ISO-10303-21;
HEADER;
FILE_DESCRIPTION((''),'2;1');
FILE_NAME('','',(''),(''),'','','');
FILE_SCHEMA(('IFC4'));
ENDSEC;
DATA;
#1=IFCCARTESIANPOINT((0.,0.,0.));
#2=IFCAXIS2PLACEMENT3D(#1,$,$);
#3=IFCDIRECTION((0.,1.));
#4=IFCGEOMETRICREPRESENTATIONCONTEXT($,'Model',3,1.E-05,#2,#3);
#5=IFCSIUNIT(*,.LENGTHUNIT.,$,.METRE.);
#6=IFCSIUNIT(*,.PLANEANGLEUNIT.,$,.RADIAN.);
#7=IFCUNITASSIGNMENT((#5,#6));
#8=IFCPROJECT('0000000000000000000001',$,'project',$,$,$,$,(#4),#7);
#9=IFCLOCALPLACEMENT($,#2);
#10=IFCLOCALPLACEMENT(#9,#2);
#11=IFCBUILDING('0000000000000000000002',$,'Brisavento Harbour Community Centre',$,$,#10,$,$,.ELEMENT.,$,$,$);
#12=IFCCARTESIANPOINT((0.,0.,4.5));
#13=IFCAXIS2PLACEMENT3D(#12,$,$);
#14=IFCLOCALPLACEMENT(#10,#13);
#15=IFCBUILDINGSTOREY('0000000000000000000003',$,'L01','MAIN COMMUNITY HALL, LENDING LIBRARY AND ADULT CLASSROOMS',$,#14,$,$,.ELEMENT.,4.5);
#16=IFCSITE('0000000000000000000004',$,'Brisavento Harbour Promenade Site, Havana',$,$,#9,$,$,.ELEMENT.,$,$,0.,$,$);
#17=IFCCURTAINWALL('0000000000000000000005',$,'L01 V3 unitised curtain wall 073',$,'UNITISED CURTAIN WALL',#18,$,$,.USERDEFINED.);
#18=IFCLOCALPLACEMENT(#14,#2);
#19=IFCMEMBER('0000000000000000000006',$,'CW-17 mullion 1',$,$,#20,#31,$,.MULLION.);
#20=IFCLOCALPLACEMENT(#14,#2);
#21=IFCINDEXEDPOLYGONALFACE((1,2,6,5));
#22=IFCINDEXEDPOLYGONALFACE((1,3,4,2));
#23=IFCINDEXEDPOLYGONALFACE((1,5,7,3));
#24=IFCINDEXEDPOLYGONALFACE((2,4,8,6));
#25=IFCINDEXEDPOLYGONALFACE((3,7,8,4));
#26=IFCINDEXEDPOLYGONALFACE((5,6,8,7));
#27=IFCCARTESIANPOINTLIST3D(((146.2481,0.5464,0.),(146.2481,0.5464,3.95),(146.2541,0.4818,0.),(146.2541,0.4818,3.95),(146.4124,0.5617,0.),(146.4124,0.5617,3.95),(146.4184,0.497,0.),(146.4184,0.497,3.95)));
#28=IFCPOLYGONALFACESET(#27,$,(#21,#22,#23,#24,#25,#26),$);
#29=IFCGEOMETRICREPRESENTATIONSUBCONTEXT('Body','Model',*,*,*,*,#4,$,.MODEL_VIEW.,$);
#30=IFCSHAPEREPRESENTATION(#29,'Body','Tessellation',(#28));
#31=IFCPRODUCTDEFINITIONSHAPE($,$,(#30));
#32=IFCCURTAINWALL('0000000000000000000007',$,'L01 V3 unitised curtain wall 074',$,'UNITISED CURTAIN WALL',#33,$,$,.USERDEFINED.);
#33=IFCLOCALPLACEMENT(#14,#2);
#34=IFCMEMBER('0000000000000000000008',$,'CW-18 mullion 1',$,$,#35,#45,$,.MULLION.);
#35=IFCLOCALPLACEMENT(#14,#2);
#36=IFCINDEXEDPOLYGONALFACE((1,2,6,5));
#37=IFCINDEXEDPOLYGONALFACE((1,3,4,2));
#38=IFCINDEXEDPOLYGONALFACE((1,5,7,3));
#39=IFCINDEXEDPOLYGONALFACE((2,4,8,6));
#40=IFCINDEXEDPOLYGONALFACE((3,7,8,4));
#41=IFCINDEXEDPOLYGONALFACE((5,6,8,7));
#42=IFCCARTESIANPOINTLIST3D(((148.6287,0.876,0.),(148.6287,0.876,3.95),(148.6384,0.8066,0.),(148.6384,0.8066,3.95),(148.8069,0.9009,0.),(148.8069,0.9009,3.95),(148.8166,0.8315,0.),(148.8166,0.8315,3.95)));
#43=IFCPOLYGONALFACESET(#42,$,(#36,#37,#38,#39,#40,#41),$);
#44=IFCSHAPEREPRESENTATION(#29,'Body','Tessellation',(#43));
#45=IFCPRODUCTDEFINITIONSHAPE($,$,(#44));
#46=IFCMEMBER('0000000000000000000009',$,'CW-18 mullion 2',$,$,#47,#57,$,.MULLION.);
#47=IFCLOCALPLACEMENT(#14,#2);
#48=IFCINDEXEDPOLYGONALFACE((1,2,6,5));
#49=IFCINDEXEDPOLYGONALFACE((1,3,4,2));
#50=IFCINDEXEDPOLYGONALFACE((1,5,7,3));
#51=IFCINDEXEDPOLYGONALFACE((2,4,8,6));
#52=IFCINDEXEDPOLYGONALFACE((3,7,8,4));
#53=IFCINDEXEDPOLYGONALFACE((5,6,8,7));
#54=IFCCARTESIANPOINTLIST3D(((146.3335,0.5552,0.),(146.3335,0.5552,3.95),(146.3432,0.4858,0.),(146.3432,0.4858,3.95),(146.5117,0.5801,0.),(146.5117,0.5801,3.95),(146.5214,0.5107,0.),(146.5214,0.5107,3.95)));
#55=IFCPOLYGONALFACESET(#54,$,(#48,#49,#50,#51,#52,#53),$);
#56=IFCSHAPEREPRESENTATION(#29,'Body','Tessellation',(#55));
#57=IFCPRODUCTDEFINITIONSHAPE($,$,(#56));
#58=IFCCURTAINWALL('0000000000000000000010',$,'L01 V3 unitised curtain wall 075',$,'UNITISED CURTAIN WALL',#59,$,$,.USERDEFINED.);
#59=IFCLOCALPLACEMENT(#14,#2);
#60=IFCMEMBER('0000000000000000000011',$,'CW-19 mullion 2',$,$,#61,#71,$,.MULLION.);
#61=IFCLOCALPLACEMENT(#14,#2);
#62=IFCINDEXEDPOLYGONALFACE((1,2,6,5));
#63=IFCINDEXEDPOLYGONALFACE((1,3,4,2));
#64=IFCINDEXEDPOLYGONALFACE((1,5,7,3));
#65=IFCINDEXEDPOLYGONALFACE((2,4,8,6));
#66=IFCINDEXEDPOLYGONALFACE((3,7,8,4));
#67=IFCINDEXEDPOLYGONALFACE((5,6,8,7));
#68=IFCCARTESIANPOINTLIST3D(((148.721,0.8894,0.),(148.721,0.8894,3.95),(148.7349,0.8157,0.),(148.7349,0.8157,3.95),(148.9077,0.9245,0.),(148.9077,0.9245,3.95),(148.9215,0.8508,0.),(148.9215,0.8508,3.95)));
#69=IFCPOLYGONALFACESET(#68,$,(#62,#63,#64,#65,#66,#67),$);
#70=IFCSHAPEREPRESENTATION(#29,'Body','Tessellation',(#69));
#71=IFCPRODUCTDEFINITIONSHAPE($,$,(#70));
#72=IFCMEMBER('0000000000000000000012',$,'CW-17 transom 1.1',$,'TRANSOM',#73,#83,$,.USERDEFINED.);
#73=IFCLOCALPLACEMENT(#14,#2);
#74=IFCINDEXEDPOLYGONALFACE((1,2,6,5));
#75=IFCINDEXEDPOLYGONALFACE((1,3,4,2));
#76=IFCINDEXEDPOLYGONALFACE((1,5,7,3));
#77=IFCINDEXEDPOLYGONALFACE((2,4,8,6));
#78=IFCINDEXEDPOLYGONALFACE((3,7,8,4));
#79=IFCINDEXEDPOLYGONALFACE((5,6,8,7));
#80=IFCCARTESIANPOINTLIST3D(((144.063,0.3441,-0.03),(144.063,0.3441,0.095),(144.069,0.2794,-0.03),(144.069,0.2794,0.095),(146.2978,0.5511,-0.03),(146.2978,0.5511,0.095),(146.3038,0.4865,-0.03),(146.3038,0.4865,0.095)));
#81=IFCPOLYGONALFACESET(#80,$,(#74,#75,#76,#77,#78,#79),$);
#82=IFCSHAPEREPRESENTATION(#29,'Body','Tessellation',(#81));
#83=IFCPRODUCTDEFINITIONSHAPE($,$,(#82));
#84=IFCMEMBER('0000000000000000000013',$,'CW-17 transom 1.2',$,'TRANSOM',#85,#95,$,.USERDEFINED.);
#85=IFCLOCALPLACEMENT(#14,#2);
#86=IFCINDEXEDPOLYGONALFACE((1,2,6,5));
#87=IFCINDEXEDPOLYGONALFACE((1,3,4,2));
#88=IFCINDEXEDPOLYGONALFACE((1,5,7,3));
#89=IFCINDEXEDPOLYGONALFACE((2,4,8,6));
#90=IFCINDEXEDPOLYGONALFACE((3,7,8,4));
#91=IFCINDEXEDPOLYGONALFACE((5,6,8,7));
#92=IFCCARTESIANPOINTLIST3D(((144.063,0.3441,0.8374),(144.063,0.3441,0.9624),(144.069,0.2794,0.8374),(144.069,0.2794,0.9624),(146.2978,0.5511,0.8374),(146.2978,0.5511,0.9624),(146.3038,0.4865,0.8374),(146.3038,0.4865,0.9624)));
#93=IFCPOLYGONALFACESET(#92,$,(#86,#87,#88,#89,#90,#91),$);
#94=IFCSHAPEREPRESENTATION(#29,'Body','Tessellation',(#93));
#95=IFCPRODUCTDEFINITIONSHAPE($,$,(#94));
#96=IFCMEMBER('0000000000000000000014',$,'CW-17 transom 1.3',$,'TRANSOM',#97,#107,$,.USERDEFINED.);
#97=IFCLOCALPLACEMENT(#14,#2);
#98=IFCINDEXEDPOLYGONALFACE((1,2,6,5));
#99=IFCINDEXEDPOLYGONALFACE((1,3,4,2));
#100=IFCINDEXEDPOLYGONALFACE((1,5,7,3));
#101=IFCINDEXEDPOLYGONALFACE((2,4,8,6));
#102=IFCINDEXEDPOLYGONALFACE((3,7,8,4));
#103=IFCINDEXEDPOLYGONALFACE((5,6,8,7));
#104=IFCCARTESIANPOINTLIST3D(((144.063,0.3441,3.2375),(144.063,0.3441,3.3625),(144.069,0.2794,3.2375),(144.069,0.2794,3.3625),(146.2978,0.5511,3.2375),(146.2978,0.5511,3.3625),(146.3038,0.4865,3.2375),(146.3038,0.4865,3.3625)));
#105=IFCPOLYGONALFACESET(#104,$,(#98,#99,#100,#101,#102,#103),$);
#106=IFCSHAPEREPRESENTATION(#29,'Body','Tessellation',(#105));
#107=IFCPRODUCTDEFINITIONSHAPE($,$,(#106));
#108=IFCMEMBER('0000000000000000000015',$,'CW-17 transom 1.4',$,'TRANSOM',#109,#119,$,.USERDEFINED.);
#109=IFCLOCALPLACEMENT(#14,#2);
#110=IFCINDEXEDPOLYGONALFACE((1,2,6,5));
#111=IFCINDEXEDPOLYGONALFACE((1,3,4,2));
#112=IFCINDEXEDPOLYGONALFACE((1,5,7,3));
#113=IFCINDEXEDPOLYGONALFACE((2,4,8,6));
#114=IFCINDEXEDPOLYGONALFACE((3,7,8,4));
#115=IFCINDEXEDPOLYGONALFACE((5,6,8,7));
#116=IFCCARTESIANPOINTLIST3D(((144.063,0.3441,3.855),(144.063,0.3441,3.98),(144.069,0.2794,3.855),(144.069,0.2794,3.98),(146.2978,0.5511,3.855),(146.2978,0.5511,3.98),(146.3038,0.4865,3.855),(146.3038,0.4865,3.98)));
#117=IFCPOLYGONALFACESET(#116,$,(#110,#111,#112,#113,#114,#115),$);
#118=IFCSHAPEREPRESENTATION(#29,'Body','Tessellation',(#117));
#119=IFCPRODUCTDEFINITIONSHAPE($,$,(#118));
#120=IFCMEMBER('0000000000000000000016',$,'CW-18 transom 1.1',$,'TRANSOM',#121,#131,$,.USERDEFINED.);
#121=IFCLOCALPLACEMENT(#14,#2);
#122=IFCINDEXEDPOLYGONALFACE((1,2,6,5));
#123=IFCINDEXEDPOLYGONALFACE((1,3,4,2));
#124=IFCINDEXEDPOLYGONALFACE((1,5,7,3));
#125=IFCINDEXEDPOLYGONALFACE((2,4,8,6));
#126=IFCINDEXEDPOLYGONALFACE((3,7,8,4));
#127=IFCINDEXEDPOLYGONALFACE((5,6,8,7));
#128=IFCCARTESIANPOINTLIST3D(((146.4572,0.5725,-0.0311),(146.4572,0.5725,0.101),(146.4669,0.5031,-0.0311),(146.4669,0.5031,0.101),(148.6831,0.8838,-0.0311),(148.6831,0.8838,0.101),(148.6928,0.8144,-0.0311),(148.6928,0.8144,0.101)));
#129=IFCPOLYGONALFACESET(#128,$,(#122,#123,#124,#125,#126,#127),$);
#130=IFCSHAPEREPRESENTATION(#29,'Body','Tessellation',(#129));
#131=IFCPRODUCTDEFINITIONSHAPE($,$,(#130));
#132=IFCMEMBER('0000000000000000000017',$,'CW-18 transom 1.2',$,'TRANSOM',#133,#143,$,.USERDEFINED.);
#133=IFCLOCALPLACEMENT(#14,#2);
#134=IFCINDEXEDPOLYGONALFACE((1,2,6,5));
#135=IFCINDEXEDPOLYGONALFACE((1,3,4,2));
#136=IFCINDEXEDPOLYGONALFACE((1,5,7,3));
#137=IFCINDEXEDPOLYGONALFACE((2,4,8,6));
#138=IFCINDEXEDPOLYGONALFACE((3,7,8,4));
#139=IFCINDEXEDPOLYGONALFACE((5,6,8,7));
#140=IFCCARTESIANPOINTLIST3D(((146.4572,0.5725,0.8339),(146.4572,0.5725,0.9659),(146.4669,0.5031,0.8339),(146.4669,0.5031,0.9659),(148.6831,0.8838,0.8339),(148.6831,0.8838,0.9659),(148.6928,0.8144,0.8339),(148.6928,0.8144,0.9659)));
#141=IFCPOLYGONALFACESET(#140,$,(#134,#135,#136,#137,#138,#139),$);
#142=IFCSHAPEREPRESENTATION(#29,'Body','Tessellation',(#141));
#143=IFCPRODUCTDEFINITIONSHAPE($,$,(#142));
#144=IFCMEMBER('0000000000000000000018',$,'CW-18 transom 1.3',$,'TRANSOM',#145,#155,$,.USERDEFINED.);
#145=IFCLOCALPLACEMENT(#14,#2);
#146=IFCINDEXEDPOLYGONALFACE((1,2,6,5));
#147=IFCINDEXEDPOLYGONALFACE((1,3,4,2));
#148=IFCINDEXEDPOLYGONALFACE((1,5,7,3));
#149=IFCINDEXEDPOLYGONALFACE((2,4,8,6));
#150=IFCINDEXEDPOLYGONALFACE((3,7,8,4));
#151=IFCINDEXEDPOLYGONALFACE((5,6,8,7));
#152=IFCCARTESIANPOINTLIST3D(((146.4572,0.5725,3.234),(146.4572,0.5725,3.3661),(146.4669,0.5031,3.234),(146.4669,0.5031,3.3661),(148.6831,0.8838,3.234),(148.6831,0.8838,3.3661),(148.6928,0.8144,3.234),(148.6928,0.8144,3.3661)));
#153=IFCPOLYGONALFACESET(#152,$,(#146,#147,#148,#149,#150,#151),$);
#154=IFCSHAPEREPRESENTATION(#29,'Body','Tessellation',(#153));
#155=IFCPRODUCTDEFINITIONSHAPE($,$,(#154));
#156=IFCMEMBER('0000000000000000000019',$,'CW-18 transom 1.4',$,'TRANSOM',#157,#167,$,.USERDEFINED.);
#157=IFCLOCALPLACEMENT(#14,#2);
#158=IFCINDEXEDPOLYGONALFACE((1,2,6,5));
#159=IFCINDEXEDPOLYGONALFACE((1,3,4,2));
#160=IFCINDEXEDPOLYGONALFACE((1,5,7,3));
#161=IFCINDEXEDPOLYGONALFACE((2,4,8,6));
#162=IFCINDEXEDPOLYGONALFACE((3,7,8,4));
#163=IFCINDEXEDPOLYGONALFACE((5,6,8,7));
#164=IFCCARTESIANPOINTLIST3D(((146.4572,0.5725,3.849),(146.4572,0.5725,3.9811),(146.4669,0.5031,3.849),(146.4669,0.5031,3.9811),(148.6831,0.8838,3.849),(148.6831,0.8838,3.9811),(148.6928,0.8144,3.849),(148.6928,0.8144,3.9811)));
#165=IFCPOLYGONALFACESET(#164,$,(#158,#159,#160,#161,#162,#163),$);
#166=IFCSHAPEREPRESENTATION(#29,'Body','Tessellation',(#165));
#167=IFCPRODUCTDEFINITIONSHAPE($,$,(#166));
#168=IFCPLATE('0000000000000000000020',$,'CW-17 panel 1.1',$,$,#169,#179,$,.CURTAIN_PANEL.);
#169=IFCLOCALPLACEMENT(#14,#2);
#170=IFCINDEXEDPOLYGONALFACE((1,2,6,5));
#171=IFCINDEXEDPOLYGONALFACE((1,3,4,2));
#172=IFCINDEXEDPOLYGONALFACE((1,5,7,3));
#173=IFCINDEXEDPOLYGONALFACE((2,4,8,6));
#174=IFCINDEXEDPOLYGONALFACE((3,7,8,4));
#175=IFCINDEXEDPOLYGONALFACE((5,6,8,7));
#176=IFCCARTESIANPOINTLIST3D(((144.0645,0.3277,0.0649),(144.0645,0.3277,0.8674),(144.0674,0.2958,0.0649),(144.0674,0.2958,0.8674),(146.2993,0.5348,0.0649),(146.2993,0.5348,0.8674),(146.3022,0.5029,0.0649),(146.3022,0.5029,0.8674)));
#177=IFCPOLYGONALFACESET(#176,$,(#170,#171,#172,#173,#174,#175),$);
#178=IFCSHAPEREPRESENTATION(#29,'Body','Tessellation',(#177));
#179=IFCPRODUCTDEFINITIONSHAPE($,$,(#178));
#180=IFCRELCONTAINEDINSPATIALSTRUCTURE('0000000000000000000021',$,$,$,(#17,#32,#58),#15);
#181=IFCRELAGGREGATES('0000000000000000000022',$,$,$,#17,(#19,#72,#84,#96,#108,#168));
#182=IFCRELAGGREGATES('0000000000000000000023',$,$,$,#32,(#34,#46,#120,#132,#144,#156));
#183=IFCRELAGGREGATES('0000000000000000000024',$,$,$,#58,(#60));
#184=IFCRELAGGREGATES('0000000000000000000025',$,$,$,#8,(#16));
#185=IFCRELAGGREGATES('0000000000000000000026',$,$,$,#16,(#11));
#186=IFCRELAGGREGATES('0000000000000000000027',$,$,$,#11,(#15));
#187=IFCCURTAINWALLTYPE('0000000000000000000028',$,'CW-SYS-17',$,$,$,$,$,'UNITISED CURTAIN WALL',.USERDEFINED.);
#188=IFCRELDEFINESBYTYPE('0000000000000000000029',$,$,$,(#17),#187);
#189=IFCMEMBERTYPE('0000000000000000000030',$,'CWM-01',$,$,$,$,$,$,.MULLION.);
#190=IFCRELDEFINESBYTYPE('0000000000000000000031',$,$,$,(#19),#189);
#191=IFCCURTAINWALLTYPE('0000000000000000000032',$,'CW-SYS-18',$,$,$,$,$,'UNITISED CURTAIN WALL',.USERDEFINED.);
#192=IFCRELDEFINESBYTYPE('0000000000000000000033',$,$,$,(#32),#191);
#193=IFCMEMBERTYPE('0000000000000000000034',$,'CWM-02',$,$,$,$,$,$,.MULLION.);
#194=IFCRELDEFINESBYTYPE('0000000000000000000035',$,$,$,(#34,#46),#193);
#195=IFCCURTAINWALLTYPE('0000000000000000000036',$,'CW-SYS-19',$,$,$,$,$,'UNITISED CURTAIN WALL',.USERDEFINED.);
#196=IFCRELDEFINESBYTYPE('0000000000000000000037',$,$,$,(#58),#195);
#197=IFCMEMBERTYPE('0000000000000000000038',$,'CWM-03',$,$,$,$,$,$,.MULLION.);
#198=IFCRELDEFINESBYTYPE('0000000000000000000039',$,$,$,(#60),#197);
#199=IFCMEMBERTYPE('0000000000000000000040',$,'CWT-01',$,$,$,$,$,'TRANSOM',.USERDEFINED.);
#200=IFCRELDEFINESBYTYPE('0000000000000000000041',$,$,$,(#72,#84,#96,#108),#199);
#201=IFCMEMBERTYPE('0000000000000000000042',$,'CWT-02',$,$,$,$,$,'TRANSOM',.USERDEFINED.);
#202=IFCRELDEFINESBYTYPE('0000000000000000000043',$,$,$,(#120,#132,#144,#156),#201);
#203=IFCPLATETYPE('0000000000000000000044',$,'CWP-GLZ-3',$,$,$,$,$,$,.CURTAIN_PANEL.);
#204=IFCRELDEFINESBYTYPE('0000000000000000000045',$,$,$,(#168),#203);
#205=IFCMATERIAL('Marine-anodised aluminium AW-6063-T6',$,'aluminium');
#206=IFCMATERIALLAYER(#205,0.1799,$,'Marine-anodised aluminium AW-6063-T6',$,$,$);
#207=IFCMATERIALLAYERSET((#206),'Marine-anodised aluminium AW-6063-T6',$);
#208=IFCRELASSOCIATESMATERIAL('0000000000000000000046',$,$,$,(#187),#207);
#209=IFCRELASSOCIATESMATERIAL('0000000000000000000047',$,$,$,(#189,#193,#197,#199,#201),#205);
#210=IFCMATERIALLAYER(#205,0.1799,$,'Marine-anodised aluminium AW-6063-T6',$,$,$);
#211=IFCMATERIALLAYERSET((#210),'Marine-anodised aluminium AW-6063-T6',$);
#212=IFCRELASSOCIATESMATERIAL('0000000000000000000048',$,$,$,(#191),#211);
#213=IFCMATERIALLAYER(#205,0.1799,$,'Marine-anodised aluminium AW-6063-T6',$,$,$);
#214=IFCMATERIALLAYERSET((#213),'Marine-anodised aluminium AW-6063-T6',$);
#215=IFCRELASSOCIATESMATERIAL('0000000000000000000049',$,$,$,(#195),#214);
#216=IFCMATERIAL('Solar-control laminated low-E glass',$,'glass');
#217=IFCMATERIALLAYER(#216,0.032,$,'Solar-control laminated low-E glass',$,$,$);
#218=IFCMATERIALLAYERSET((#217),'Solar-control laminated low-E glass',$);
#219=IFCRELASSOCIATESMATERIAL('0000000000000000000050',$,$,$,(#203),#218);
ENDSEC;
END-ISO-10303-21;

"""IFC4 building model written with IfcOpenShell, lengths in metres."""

from ifc_helpers import new_model, si_unit, direction, frame, origin, origin_2d, place, context, subcontext, project, spatial, rectangle, extrude, material, layer, layer_set, material_profile, profile_set, type_object, element, aggregate, save


model = new_model("IFC4")

# Units and contexts
model_context = context("Model", 3, precision=1e-05, world=origin(), true_north=direction((0.0, 1.0)))
body_context = subcontext(model_context, "Body", "Model", "MODEL_VIEW")
ifc_project = project(units=[si_unit("LENGTHUNIT", "METRE"), si_unit("PLANEANGLEUNIT", "RADIAN")], contexts=[model_context])

# Site, building, storey
site_placement = place(None, origin())
site = spatial("IfcSite", under=ifc_project, at=site_placement, Name="Brisavento Harbour Promenade Site, Havana", CompositionType="ELEMENT", RefElevation=0.0)
building_placement = place(site_placement, origin())
building = spatial("IfcBuilding", under=site, at=building_placement, Name="Brisavento Harbour Community Centre", CompositionType="ELEMENT")
storey_placement = place(building_placement, frame((0.0, 0.0, 4.5)))
storey = spatial("IfcBuildingStorey", under=building, at=storey_placement, Name="L01", Description="MAIN COMMUNITY HALL, LENDING LIBRARY AND ADULT CLASSROOMS", CompositionType="ELEMENT", Elevation=4.5)

# Curtain wall, member
ifc_material_1 = material(Name="Marine-anodised aluminium AW-6063-T6", Category="aluminium")
ifc_layer_1 = layer(ifc_material_1, 0.1799, Name="Marine-anodised aluminium AW-6063-T6")
ifc_layer_set_1 = layer_set([ifc_layer_1], Name="Marine-anodised aluminium AW-6063-T6")
curtain_wall_type_1 = type_object("IfcCurtainWallType", Name="CW-SYS-17", ElementType="UNITISED CURTAIN WALL", PredefinedType="USERDEFINED", material=ifc_layer_set_1)
curtain_wall_1_placement = place(storey_placement, origin())
curtain_wall_1 = element("IfcCurtainWall", 1, at=curtain_wall_1_placement, inside=storey, type_object=curtain_wall_type_1, Name="L01 V3 unitised curtain wall 073", ObjectType="UNITISED CURTAIN WALL", PredefinedType="USERDEFINED")
ifc_material_profile_1 = material_profile(ifc_material_1, rectangle(XDim=0.0649, YDim=0.165, at=origin_2d()), Name="Marine-anodised aluminium AW-6063-T6")
ifc_profile_set_1 = profile_set([ifc_material_profile_1], Name="Marine-anodised aluminium AW-6063-T6")
member_type_1 = type_object("IfcMemberType", Name="CWM-01", PredefinedType="MULLION", material=ifc_profile_set_1)
member_1_placement = place(storey_placement, frame((146.3333, 0.5217, 0.0), z_axis=(0.0, 0.0, 1.0), x_axis=(0.092279, -0.995733, 0.0)))
member_1 = element("IfcMember", 2, at=member_1_placement, type_object=member_type_1, Name="CW-17 mullion 1", PredefinedType="MULLION", context=body_context, shape_type="SweptSolid", body=[
    extrude(rectangle(XDim=0.0649, YDim=0.165, at=origin_2d()), origin(), (0.0, 0.0, 1.0), 3.95),
])

# Curtain wall, members
ifc_layer_2 = layer(ifc_material_1, 0.1799, Name="Marine-anodised aluminium AW-6063-T6")
ifc_layer_set_2 = layer_set([ifc_layer_2], Name="Marine-anodised aluminium AW-6063-T6")
curtain_wall_type_2 = type_object("IfcCurtainWallType", Name="CW-SYS-18", ElementType="UNITISED CURTAIN WALL", PredefinedType="USERDEFINED", material=ifc_layer_set_2)
curtain_wall_2_placement = place(storey_placement, origin())
curtain_wall_2 = element("IfcCurtainWall", 3, at=curtain_wall_2_placement, inside=storey, type_object=curtain_wall_type_2, Name="L01 V3 unitised curtain wall 074", ObjectType="UNITISED CURTAIN WALL", PredefinedType="USERDEFINED")
ifc_material_profile_2 = material_profile(ifc_material_1, rectangle(XDim=0.0701, YDim=0.1799, at=origin_2d()), Name="Marine-anodised aluminium AW-6063-T6")
ifc_profile_set_2 = profile_set([ifc_material_profile_2], Name="Marine-anodised aluminium AW-6063-T6")
member_type_2 = type_object("IfcMemberType", Name="CWM-02", PredefinedType="MULLION", material=ifc_profile_set_2)
member_2_placement = place(storey_placement, frame((148.7227, 0.8538, 0.0), z_axis=(0.0, 0.0, 1.0), x_axis=(0.138477, -0.990366, 0.0)))
member_2 = element("IfcMember", 4, at=member_2_placement, type_object=member_type_2, Name="CW-18 mullion 1", PredefinedType="MULLION", context=body_context, shape_type="SweptSolid", body=[
    extrude(rectangle(XDim=0.0701, YDim=0.1799, at=origin_2d()), origin(), (0.0, 0.0, 1.0), 3.95),
])
member_3_placement = place(storey_placement, frame((146.4275, 0.533, 0.0), z_axis=(0.0, 0.0, 1.0), x_axis=(0.138477, -0.990366, 0.0)))
member_3 = element("IfcMember", 5, at=member_3_placement, type_object=member_type_2, Name="CW-18 mullion 2", PredefinedType="MULLION", context=body_context, shape_type="SweptSolid", body=[
    extrude(rectangle(XDim=0.0701, YDim=0.1799, at=origin_2d()), origin(), (0.0, 0.0, 1.0), 3.95),
])

# Curtain wall, member
ifc_layer_3 = layer(ifc_material_1, 0.1799, Name="Marine-anodised aluminium AW-6063-T6")
ifc_layer_set_3 = layer_set([ifc_layer_3], Name="Marine-anodised aluminium AW-6063-T6")
curtain_wall_type_3 = type_object("IfcCurtainWallType", Name="CW-SYS-19", ElementType="UNITISED CURTAIN WALL", PredefinedType="USERDEFINED", material=ifc_layer_set_3)
curtain_wall_3_placement = place(storey_placement, origin())
curtain_wall_3 = element("IfcCurtainWall", 6, at=curtain_wall_3_placement, inside=storey, type_object=curtain_wall_type_3, Name="L01 V3 unitised curtain wall 075", ObjectType="UNITISED CURTAIN WALL", PredefinedType="USERDEFINED")
ifc_material_profile_3 = material_profile(ifc_material_1, rectangle(XDim=0.075, YDim=0.1899, at=origin_2d()), Name="Marine-anodised aluminium AW-6063-T6")
ifc_profile_set_3 = profile_set([ifc_material_profile_3], Name="Marine-anodised aluminium AW-6063-T6")
member_type_3 = type_object("IfcMemberType", Name="CWM-03", PredefinedType="MULLION", material=ifc_profile_set_3)
member_4_placement = place(storey_placement, frame((148.8213, 0.8701, 0.0), z_axis=(0.0, 0.0, 1.0), x_axis=(0.184665, -0.982802, 0.0)))
member_4 = element("IfcMember", 7, at=member_4_placement, type_object=member_type_3, Name="CW-19 mullion 2", PredefinedType="MULLION", context=body_context, shape_type="SweptSolid", body=[
    extrude(rectangle(XDim=0.075, YDim=0.1899, at=origin_2d()), origin(), (0.0, 0.0, 1.0), 3.95),
])

# Members
ifc_material_profile_4 = material_profile(ifc_material_1, rectangle(XDim=0.0649, YDim=0.125, at=origin_2d()), Name="Marine-anodised aluminium AW-6063-T6")
ifc_profile_set_4 = profile_set([ifc_material_profile_4], Name="Marine-anodised aluminium AW-6063-T6")
member_type_4 = type_object("IfcMemberType", Name="CWT-01", ElementType="TRANSOM", PredefinedType="USERDEFINED", material=ifc_profile_set_4)
member_5_placement = place(storey_placement, frame((146.3008, 0.5188, 0.0325), z_axis=(-0.995737, -0.092242, 0.0), x_axis=(0.092242, -0.995737, 0.0)))
member_5 = element("IfcMember", 8, at=member_5_placement, type_object=member_type_4, Name="CW-17 transom 1.1", ObjectType="TRANSOM", PredefinedType="USERDEFINED", context=body_context, shape_type="SweptSolid", body=[
    extrude(rectangle(XDim=0.0649, YDim=0.125, at=origin_2d()), origin(), (0.0, 0.0, 1.0), 2.2444),
])
member_6_placement = place(storey_placement, frame((146.3008, 0.5188, 0.8999), z_axis=(-0.995737, -0.092242, 0.0), x_axis=(0.092242, -0.995737, 0.0)))
member_6 = element("IfcMember", 9, at=member_6_placement, type_object=member_type_4, Name="CW-17 transom 1.2", ObjectType="TRANSOM", PredefinedType="USERDEFINED", context=body_context, shape_type="SweptSolid", body=[
    extrude(rectangle(XDim=0.0649, YDim=0.125, at=origin_2d()), origin(), (0.0, 0.0, 1.0), 2.2444),
])
member_7_placement = place(storey_placement, frame((146.3008, 0.5188, 3.3), z_axis=(-0.995737, -0.092242, 0.0), x_axis=(0.092242, -0.995737, 0.0)))
member_7 = element("IfcMember", 10, at=member_7_placement, type_object=member_type_4, Name="CW-17 transom 1.3", ObjectType="TRANSOM", PredefinedType="USERDEFINED", context=body_context, shape_type="SweptSolid", body=[
    extrude(rectangle(XDim=0.0649, YDim=0.125, at=origin_2d()), origin(), (0.0, 0.0, 1.0), 2.2444),
])
member_8_placement = place(storey_placement, frame((146.3008, 0.5188, 3.9175), z_axis=(-0.995737, -0.092242, 0.0), x_axis=(0.092242, -0.995737, 0.0)))
member_8 = element("IfcMember", 11, at=member_8_placement, type_object=member_type_4, Name="CW-17 transom 1.4", ObjectType="TRANSOM", PredefinedType="USERDEFINED", context=body_context, shape_type="SweptSolid", body=[
    extrude(rectangle(XDim=0.0649, YDim=0.125, at=origin_2d()), origin(), (0.0, 0.0, 1.0), 2.2444),
])
ifc_material_profile_5 = material_profile(ifc_material_1, rectangle(XDim=0.0701, YDim=0.1321, at=origin_2d()), Name="Marine-anodised aluminium AW-6063-T6")
ifc_profile_set_5 = profile_set([ifc_material_profile_5], Name="Marine-anodised aluminium AW-6063-T6")
member_type_5 = type_object("IfcMemberType", Name="CWT-02", ElementType="TRANSOM", PredefinedType="USERDEFINED", material=ifc_profile_set_5)
member_9_placement = place(storey_placement, frame((148.688, 0.8491, 0.0349), z_axis=(-0.990362, -0.138501, 0.0), x_axis=(0.138501, -0.990362, 0.0)))
member_9 = element("IfcMember", 12, at=member_9_placement, type_object=member_type_5, Name="CW-18 transom 1.1", ObjectType="TRANSOM", PredefinedType="USERDEFINED", context=body_context, shape_type="SweptSolid", body=[
    extrude(rectangle(XDim=0.0701, YDim=0.1321, at=origin_2d()), origin(), (0.0, 0.0, 1.0), 2.2476),
])
member_10_placement = place(storey_placement, frame((148.688, 0.8491, 0.8999), z_axis=(-0.990362, -0.138501, 0.0), x_axis=(0.138501, -0.990362, 0.0)))
member_10 = element("IfcMember", 13, at=member_10_placement, type_object=member_type_5, Name="CW-18 transom 1.2", ObjectType="TRANSOM", PredefinedType="USERDEFINED", context=body_context, shape_type="SweptSolid", body=[
    extrude(rectangle(XDim=0.0701, YDim=0.1321, at=origin_2d()), origin(), (0.0, 0.0, 1.0), 2.2476),
])
member_11_placement = place(storey_placement, frame((148.688, 0.8491, 3.3), z_axis=(-0.990362, -0.138501, 0.0), x_axis=(0.138501, -0.990362, 0.0)))
member_11 = element("IfcMember", 14, at=member_11_placement, type_object=member_type_5, Name="CW-18 transom 1.3", ObjectType="TRANSOM", PredefinedType="USERDEFINED", context=body_context, shape_type="SweptSolid", body=[
    extrude(rectangle(XDim=0.0701, YDim=0.1321, at=origin_2d()), origin(), (0.0, 0.0, 1.0), 2.2476),
])
member_12_placement = place(storey_placement, frame((148.688, 0.8491, 3.915), z_axis=(-0.990362, -0.138501, 0.0), x_axis=(0.138501, -0.990362, 0.0)))
member_12 = element("IfcMember", 15, at=member_12_placement, type_object=member_type_5, Name="CW-18 transom 1.4", ObjectType="TRANSOM", PredefinedType="USERDEFINED", context=body_context, shape_type="SweptSolid", body=[
    extrude(rectangle(XDim=0.0701, YDim=0.1321, at=origin_2d()), origin(), (0.0, 0.0, 1.0), 2.2476),
])

# Plate
ifc_material_2 = material(Name="Solar-control laminated low-E glass", Category="glass")
ifc_layer_4 = layer(ifc_material_2, 0.032, Name="Solar-control laminated low-E glass")
ifc_layer_set_4 = layer_set([ifc_layer_4], Name="Solar-control laminated low-E glass")
plate_type_1 = type_object("IfcPlateType", Name="CWP-GLZ-3", PredefinedType="CURTAIN_PANEL", material=ifc_layer_set_4)
plate_1_placement = place(storey_placement, frame((145.1833, 0.4153, 0.0649), z_axis=(0.0, 0.0, 1.0), x_axis=(-0.995733, -0.092279, 0.0)))
plate_1 = element("IfcPlate", 16, at=plate_1_placement, type_object=plate_type_1, Name="CW-17 panel 1.1", PredefinedType="CURTAIN_PANEL", context=body_context, shape_type="SweptSolid", body=[
    extrude(rectangle(XDim=2.2444, YDim=0.032, at=origin_2d()), origin(), (0.0, 0.0, 1.0), 0.8025),
])
aggregate(curtain_wall_1, [member_1, member_5, member_6, member_7, member_8, plate_1])
aggregate(curtain_wall_2, [member_2, member_3, member_9, member_10, member_11, member_12])
aggregate(curtain_wall_3, [member_4])

save(model, "model.ifc")
